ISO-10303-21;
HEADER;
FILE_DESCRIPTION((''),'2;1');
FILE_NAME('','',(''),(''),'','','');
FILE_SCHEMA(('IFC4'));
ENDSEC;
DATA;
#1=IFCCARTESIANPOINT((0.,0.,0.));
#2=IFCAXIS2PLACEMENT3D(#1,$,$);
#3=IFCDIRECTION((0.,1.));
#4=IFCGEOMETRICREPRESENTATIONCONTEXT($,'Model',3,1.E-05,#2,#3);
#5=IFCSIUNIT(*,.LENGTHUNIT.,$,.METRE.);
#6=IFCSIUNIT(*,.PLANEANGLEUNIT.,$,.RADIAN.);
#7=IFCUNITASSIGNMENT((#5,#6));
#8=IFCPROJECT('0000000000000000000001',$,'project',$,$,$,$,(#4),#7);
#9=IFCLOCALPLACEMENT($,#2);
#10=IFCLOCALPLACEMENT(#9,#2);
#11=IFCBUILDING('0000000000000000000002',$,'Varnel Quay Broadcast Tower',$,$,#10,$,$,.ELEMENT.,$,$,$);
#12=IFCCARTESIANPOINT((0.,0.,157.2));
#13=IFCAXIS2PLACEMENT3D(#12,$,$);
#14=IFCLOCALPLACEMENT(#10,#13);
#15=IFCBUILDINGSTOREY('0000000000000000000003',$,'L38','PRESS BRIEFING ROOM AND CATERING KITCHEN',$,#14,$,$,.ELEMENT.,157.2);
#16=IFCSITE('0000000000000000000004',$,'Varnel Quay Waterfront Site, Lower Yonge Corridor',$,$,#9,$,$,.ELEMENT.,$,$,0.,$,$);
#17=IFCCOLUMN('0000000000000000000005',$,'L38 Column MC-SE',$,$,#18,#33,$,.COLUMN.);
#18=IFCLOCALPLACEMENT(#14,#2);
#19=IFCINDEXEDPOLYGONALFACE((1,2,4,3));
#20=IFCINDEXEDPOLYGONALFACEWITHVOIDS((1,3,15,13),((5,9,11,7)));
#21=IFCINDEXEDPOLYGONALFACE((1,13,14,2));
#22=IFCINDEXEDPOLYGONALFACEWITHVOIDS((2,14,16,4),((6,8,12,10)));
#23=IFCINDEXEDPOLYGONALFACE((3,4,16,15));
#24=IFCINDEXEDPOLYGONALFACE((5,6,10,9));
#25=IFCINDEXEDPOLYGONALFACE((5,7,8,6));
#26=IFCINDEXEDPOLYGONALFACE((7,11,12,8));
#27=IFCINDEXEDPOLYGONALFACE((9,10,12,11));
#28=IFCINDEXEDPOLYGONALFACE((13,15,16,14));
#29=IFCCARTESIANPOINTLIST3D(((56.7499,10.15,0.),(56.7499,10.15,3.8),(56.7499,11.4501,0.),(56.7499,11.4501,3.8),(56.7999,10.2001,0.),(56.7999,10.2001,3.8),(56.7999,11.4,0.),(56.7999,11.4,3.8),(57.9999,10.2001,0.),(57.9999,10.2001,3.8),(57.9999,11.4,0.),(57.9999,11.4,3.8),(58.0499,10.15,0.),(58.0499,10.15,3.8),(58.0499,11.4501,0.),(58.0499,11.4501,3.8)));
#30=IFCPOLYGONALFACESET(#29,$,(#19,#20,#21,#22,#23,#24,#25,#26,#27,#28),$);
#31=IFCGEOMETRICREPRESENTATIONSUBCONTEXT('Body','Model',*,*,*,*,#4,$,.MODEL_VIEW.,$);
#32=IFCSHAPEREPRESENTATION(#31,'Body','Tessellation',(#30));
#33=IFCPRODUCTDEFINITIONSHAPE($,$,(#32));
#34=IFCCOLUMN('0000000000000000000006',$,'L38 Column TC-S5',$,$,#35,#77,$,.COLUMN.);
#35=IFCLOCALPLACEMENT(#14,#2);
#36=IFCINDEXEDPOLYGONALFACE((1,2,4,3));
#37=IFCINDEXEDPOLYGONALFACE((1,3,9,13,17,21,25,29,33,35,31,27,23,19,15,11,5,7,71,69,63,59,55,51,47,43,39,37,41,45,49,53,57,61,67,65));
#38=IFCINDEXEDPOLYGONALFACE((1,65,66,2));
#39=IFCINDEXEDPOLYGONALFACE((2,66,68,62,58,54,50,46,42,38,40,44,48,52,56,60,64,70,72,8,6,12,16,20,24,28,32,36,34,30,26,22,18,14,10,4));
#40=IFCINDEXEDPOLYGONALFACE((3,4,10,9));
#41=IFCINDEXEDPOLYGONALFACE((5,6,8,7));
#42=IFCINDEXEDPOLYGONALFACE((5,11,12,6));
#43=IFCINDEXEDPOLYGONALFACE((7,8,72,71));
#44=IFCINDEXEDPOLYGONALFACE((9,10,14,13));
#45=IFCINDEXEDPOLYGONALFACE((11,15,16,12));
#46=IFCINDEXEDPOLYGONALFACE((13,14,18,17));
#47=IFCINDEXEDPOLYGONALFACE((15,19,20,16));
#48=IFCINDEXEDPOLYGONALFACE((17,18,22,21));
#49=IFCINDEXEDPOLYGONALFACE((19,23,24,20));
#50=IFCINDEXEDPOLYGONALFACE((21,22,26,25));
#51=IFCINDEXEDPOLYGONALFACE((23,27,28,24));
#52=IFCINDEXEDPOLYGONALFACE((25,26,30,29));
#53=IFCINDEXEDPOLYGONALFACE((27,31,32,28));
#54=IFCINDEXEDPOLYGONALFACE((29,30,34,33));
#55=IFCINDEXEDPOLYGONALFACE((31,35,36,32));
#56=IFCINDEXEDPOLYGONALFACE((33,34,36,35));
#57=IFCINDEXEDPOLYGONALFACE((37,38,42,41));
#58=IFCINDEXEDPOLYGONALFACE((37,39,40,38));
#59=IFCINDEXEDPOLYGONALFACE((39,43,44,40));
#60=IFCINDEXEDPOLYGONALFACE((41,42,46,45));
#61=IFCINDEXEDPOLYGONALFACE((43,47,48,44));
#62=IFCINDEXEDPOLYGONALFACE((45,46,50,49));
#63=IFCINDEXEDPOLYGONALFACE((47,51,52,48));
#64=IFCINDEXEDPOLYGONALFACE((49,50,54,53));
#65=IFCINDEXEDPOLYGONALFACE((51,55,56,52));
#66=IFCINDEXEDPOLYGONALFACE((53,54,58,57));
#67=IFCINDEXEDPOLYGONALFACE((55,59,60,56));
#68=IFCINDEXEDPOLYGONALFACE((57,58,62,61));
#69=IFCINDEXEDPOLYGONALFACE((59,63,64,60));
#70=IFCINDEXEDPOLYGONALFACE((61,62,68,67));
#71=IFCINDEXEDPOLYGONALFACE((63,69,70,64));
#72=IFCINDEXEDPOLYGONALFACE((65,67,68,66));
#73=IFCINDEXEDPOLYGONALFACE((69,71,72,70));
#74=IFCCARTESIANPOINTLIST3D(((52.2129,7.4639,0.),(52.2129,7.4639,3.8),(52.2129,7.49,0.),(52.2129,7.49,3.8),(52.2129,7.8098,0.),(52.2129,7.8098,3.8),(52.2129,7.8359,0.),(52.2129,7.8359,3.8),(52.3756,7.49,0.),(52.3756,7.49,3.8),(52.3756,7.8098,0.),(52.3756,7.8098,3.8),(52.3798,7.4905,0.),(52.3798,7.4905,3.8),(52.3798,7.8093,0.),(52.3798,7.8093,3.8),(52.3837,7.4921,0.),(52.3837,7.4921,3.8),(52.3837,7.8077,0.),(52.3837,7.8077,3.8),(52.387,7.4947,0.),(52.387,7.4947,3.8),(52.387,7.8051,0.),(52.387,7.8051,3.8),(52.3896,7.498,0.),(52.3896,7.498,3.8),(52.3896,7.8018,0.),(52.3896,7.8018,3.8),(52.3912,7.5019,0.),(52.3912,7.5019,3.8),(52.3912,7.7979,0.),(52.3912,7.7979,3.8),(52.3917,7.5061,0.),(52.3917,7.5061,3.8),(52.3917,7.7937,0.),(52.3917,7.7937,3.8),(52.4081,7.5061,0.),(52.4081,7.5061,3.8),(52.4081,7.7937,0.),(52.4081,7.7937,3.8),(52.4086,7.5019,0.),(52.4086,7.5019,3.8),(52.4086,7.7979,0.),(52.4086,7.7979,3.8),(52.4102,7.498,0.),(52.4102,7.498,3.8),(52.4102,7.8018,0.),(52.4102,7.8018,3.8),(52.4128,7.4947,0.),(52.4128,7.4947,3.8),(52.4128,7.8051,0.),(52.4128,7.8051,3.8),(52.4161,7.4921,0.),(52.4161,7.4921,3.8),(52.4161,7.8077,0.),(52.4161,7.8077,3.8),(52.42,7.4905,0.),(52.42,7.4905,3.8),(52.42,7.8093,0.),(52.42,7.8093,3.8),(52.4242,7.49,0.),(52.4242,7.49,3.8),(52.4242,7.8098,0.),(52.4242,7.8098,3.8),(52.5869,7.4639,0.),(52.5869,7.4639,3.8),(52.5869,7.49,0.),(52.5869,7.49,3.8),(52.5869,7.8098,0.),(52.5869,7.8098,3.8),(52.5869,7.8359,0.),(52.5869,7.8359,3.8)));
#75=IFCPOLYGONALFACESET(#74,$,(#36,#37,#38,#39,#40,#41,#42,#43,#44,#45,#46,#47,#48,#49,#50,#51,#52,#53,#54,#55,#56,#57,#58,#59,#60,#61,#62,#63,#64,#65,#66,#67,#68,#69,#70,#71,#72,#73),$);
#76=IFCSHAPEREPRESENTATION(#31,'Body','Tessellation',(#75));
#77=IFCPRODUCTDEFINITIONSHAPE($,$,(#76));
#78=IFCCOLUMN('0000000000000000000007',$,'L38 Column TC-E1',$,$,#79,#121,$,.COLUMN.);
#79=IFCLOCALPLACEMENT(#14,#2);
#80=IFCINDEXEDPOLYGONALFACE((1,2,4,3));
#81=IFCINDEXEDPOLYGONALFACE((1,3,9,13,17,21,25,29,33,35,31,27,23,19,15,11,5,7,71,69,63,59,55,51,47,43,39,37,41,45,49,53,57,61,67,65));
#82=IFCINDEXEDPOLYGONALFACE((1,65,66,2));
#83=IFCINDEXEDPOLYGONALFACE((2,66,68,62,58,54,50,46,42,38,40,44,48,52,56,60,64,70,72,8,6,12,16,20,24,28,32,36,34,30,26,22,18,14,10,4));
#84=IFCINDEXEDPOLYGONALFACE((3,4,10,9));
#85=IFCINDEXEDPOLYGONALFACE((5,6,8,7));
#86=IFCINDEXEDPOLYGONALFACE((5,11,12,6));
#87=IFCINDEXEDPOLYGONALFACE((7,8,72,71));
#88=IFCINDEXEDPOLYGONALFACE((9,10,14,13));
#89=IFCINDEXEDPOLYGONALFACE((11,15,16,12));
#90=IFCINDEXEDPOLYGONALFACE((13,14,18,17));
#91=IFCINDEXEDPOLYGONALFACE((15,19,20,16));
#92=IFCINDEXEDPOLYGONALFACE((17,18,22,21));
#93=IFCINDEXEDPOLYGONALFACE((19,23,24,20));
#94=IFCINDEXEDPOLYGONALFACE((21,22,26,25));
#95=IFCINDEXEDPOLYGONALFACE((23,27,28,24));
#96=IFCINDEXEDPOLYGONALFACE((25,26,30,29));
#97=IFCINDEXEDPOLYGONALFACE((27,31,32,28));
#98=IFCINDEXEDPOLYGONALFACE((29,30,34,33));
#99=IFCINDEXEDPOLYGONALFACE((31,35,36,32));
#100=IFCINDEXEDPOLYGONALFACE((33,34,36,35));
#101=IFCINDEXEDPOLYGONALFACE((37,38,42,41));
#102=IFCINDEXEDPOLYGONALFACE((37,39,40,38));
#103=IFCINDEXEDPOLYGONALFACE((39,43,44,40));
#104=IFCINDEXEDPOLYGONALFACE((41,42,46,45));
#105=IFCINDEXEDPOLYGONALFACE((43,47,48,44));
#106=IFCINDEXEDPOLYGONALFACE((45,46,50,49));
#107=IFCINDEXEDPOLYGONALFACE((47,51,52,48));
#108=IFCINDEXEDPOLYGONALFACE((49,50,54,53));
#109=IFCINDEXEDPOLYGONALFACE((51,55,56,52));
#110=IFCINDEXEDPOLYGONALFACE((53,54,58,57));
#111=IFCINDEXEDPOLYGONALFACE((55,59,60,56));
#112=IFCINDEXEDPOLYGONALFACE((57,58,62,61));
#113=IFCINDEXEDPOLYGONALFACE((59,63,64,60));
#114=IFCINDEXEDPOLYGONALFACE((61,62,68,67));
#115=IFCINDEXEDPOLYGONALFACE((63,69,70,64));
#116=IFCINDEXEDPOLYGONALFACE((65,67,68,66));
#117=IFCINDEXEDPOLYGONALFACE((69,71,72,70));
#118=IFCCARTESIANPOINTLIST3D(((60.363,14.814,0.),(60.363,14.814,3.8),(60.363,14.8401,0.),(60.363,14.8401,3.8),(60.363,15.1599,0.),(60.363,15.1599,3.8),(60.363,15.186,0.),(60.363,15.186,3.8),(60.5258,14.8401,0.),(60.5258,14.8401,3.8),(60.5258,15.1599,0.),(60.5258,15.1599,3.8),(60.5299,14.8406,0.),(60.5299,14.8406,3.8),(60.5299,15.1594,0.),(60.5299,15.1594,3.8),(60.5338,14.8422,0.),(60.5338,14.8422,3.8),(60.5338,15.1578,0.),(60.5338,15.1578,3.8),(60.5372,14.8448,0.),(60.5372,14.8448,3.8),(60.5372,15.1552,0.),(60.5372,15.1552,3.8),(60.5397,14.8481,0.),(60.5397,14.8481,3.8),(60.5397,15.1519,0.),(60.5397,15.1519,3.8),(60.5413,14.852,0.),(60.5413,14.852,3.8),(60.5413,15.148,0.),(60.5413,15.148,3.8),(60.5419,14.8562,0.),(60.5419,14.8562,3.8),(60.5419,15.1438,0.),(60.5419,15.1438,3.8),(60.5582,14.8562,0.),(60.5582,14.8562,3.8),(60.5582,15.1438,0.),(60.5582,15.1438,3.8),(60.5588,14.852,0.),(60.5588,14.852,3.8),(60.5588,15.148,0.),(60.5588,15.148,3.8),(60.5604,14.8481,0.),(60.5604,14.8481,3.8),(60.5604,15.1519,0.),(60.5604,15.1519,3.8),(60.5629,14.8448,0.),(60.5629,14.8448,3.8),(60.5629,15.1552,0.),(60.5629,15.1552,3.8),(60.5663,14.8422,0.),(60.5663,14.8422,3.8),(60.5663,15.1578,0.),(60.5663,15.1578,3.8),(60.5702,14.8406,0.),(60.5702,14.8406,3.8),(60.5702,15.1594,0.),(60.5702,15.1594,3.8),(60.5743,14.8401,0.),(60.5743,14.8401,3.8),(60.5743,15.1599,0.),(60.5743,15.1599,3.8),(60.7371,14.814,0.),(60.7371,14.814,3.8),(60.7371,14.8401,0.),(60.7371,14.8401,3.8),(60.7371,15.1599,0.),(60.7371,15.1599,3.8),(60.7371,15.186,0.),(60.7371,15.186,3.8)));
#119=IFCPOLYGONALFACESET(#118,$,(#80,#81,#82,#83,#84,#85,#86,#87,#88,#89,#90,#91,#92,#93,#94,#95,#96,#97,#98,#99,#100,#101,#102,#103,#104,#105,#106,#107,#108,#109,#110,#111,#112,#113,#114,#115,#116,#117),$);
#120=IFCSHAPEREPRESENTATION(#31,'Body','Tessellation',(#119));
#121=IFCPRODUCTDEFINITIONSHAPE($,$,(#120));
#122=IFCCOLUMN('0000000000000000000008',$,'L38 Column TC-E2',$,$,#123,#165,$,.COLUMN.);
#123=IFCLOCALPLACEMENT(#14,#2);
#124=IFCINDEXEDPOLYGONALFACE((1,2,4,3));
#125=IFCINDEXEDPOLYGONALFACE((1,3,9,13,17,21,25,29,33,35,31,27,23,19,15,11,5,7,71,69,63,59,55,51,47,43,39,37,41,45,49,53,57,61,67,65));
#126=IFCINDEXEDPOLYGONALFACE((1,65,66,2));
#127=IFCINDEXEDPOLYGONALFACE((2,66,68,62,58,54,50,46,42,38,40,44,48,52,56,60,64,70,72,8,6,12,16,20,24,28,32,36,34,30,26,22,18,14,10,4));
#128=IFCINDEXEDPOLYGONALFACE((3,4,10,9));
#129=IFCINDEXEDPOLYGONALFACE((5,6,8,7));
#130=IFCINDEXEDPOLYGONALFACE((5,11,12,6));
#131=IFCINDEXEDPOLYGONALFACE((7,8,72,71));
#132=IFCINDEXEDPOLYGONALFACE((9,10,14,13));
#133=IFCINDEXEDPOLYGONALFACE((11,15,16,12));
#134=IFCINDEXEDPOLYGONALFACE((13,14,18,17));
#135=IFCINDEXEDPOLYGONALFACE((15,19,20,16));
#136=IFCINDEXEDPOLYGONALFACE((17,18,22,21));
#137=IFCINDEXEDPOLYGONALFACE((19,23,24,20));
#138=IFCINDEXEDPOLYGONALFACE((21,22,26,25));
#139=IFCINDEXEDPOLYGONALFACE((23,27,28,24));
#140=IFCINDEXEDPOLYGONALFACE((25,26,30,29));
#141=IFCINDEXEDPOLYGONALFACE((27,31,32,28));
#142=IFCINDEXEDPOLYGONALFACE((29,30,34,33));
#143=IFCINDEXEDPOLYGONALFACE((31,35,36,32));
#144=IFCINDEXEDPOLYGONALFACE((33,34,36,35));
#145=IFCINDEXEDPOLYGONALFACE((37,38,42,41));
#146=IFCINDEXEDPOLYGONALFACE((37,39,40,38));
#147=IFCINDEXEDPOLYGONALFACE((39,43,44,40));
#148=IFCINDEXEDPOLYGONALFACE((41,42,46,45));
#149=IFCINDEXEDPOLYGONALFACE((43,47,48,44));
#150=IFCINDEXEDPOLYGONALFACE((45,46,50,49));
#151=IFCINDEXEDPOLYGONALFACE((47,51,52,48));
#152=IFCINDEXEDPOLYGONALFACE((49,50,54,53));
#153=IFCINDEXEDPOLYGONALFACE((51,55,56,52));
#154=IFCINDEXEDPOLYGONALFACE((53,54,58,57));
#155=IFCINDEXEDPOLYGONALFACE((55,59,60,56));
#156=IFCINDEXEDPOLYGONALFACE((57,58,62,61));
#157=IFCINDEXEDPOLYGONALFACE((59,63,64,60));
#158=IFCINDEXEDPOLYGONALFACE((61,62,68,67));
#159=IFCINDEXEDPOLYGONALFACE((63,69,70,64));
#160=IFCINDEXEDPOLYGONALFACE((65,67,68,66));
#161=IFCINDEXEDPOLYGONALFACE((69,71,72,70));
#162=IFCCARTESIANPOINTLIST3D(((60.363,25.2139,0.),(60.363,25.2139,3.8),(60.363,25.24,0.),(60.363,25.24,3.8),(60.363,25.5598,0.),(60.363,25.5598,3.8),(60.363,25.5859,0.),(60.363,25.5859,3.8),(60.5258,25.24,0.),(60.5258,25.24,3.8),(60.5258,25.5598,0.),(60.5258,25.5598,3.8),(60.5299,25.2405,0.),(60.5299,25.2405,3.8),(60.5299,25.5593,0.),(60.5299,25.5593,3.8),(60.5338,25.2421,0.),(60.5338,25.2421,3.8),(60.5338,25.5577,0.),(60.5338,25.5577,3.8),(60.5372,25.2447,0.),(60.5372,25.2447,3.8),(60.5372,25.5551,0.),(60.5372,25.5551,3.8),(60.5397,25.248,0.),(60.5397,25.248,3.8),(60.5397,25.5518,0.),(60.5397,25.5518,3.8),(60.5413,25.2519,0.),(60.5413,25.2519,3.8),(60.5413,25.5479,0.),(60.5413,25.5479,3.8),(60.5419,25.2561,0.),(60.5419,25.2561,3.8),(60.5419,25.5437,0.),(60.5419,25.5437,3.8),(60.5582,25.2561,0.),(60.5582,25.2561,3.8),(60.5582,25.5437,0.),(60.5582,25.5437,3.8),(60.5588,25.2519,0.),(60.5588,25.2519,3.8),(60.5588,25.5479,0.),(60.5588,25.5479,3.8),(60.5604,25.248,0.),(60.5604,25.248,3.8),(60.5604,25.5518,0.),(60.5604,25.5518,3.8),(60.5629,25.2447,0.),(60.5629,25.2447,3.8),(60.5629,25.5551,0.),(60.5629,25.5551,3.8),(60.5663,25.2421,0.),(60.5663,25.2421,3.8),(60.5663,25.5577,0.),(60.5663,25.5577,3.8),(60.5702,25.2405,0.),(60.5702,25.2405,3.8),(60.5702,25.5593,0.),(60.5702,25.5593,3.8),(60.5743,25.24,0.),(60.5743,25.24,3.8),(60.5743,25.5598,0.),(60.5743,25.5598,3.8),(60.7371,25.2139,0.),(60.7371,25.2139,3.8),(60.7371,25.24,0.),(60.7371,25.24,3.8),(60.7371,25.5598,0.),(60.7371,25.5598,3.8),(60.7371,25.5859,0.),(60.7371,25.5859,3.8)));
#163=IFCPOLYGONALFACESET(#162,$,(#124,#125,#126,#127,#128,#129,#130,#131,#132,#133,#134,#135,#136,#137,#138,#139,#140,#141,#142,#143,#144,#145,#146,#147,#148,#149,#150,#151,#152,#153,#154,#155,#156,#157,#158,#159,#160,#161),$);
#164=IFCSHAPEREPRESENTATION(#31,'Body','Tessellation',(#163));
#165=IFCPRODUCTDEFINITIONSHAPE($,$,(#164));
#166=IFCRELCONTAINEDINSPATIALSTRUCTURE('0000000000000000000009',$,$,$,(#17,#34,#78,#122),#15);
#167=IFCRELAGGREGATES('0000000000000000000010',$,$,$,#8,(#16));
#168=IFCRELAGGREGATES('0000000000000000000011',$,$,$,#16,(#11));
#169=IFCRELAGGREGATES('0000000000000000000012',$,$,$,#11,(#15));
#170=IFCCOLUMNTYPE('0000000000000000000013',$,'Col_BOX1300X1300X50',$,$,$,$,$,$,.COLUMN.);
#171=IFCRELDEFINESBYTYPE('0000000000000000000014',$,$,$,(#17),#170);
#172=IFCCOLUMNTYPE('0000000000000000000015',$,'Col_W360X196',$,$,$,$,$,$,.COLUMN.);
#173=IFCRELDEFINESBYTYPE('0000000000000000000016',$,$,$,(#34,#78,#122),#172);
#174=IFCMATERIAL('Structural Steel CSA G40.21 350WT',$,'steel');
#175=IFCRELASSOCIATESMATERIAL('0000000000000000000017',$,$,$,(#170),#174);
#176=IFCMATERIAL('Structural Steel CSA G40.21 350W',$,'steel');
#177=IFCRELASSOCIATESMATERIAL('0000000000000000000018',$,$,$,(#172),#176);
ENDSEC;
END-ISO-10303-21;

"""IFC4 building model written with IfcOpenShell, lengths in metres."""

from ifc_helpers import new_model, si_unit, direction, frame, origin, origin_2d, place, context, subcontext, project, spatial, hollow_rectangle, i_section, extrude, source, transform, mapped, material, material_profile, profile_set, type_object, type_shapes, element, save


model = new_model("IFC4")

# Units and contexts
model_context = context("Model", 3, precision=1e-05, world=origin(), true_north=direction((0.0, 1.0)))
body_context = subcontext(model_context, "Body", "Model", "MODEL_VIEW")
ifc_project = project(units=[si_unit("LENGTHUNIT", "METRE"), si_unit("PLANEANGLEUNIT", "RADIAN")], contexts=[model_context])

# Site, building, storey
site_placement = place(None, origin())
site = spatial("IfcSite", under=ifc_project, at=site_placement, Name="Varnel Quay Waterfront Site, Lower Yonge Corridor", CompositionType="ELEMENT", RefElevation=0.0)
building_placement = place(site_placement, origin())
building = spatial("IfcBuilding", under=site, at=building_placement, Name="Varnel Quay Broadcast Tower", CompositionType="ELEMENT")
storey_placement = place(building_placement, frame((0.0, 0.0, 157.2)))
storey = spatial("IfcBuildingStorey", under=building, at=storey_placement, Name="L38", Description="PRESS BRIEFING ROOM AND CATERING KITCHEN", CompositionType="ELEMENT", Elevation=157.2)

# Columns
ifc_material_1 = material(Name="Structural Steel CSA G40.21 350WT", Category="steel")
ifc_material_profile_1 = material_profile(ifc_material_1, hollow_rectangle(XDim=1.3, YDim=1.3, WallThickness=0.05, at=origin_2d()), Name="BOX1300X1300X50")
ifc_profile_set_1 = profile_set([ifc_material_profile_1], Name="Structural Steel CSA G40.21 350WT")
column_type_1 = type_object("IfcColumnType", Name="Col_BOX1300X1300X50", PredefinedType="COLUMN", material=ifc_profile_set_1)
shared_shape_1 = source(origin(), body_context, "Body", "SweptSolid", [
    extrude(hollow_rectangle(XDim=1.3, YDim=1.3, WallThickness=0.05, at=origin_2d()), origin(), (0.0, 0.0, 1.0), 3.8),
])
type_shapes(column_type_1, [shared_shape_1])
column_placement = place(storey_placement, frame((57.3999, 10.8, 0.0), z_axis=(0.0, 0.0, 1.0), x_axis=(1.0, 0.0, 0.0)))
element("IfcColumn", 1, at=column_placement, inside=storey, type_object=column_type_1, Name="L38 Column MC-SE", PredefinedType="COLUMN", context=body_context, shape_type="MappedRepresentation", body=[
    mapped(shared_shape_1, transform((0.0, 0.0, 0.0), x_axis=(1.0, 0.0, 0.0), y_axis=(0.0, 1.0, 0.0), z_axis=(0.0, 0.0, 1.0), scale=1.0)),
])
ifc_material_2 = material(Name="Structural Steel CSA G40.21 350W", Category="steel")
ifc_material_profile_2 = material_profile(ifc_material_2, i_section(OverallWidth=0.374, OverallDepth=0.3721, WebThickness=0.0164, FlangeThickness=0.0261, FilletRadius=0.0161, at=origin_2d()), Name="W360X196")
ifc_profile_set_2 = profile_set([ifc_material_profile_2], Name="Structural Steel CSA G40.21 350W")
column_type_2 = type_object("IfcColumnType", Name="Col_W360X196", PredefinedType="COLUMN", material=ifc_profile_set_2)
shared_shape_2 = source(origin(), body_context, "Body", "SweptSolid", [
    extrude(i_section(OverallWidth=0.374, OverallDepth=0.3721, WebThickness=0.0164, FlangeThickness=0.0261, FilletRadius=0.0161, at=origin_2d()), origin(), (0.0, 0.0, 1.0), 3.8),
])
type_shapes(column_type_2, [shared_shape_2])
for number, where, z_axis, x_axis, name in (
    (2, (52.3999, 7.6499, 0.0), (0.0, 0.0, 1.0), (1.0, 0.0, 0.0), "L38 Column TC-S5"),
    (3, (60.55, 15.0, 0.0), (0.0, 0.0, 1.0), (1.0, 0.0, 0.0), "L38 Column TC-E1"),
    (4, (60.55, 25.3999, 0.0), (0.0, 0.0, 1.0), (1.0, 0.0, 0.0), "L38 Column TC-E2"),
):
    element("IfcColumn", number, at=place(storey_placement, frame(where, z_axis=z_axis, x_axis=x_axis)), inside=storey, type_object=column_type_2, Name=name, PredefinedType="COLUMN", context=body_context, shape_type="MappedRepresentation", body=[
        mapped(shared_shape_2, transform((0.0, 0.0, 0.0), x_axis=(1.0, 0.0, 0.0), y_axis=(0.0, 1.0, 0.0), z_axis=(0.0, 0.0, 1.0), scale=1.0)),
    ])

save(model, "model.ifc")
